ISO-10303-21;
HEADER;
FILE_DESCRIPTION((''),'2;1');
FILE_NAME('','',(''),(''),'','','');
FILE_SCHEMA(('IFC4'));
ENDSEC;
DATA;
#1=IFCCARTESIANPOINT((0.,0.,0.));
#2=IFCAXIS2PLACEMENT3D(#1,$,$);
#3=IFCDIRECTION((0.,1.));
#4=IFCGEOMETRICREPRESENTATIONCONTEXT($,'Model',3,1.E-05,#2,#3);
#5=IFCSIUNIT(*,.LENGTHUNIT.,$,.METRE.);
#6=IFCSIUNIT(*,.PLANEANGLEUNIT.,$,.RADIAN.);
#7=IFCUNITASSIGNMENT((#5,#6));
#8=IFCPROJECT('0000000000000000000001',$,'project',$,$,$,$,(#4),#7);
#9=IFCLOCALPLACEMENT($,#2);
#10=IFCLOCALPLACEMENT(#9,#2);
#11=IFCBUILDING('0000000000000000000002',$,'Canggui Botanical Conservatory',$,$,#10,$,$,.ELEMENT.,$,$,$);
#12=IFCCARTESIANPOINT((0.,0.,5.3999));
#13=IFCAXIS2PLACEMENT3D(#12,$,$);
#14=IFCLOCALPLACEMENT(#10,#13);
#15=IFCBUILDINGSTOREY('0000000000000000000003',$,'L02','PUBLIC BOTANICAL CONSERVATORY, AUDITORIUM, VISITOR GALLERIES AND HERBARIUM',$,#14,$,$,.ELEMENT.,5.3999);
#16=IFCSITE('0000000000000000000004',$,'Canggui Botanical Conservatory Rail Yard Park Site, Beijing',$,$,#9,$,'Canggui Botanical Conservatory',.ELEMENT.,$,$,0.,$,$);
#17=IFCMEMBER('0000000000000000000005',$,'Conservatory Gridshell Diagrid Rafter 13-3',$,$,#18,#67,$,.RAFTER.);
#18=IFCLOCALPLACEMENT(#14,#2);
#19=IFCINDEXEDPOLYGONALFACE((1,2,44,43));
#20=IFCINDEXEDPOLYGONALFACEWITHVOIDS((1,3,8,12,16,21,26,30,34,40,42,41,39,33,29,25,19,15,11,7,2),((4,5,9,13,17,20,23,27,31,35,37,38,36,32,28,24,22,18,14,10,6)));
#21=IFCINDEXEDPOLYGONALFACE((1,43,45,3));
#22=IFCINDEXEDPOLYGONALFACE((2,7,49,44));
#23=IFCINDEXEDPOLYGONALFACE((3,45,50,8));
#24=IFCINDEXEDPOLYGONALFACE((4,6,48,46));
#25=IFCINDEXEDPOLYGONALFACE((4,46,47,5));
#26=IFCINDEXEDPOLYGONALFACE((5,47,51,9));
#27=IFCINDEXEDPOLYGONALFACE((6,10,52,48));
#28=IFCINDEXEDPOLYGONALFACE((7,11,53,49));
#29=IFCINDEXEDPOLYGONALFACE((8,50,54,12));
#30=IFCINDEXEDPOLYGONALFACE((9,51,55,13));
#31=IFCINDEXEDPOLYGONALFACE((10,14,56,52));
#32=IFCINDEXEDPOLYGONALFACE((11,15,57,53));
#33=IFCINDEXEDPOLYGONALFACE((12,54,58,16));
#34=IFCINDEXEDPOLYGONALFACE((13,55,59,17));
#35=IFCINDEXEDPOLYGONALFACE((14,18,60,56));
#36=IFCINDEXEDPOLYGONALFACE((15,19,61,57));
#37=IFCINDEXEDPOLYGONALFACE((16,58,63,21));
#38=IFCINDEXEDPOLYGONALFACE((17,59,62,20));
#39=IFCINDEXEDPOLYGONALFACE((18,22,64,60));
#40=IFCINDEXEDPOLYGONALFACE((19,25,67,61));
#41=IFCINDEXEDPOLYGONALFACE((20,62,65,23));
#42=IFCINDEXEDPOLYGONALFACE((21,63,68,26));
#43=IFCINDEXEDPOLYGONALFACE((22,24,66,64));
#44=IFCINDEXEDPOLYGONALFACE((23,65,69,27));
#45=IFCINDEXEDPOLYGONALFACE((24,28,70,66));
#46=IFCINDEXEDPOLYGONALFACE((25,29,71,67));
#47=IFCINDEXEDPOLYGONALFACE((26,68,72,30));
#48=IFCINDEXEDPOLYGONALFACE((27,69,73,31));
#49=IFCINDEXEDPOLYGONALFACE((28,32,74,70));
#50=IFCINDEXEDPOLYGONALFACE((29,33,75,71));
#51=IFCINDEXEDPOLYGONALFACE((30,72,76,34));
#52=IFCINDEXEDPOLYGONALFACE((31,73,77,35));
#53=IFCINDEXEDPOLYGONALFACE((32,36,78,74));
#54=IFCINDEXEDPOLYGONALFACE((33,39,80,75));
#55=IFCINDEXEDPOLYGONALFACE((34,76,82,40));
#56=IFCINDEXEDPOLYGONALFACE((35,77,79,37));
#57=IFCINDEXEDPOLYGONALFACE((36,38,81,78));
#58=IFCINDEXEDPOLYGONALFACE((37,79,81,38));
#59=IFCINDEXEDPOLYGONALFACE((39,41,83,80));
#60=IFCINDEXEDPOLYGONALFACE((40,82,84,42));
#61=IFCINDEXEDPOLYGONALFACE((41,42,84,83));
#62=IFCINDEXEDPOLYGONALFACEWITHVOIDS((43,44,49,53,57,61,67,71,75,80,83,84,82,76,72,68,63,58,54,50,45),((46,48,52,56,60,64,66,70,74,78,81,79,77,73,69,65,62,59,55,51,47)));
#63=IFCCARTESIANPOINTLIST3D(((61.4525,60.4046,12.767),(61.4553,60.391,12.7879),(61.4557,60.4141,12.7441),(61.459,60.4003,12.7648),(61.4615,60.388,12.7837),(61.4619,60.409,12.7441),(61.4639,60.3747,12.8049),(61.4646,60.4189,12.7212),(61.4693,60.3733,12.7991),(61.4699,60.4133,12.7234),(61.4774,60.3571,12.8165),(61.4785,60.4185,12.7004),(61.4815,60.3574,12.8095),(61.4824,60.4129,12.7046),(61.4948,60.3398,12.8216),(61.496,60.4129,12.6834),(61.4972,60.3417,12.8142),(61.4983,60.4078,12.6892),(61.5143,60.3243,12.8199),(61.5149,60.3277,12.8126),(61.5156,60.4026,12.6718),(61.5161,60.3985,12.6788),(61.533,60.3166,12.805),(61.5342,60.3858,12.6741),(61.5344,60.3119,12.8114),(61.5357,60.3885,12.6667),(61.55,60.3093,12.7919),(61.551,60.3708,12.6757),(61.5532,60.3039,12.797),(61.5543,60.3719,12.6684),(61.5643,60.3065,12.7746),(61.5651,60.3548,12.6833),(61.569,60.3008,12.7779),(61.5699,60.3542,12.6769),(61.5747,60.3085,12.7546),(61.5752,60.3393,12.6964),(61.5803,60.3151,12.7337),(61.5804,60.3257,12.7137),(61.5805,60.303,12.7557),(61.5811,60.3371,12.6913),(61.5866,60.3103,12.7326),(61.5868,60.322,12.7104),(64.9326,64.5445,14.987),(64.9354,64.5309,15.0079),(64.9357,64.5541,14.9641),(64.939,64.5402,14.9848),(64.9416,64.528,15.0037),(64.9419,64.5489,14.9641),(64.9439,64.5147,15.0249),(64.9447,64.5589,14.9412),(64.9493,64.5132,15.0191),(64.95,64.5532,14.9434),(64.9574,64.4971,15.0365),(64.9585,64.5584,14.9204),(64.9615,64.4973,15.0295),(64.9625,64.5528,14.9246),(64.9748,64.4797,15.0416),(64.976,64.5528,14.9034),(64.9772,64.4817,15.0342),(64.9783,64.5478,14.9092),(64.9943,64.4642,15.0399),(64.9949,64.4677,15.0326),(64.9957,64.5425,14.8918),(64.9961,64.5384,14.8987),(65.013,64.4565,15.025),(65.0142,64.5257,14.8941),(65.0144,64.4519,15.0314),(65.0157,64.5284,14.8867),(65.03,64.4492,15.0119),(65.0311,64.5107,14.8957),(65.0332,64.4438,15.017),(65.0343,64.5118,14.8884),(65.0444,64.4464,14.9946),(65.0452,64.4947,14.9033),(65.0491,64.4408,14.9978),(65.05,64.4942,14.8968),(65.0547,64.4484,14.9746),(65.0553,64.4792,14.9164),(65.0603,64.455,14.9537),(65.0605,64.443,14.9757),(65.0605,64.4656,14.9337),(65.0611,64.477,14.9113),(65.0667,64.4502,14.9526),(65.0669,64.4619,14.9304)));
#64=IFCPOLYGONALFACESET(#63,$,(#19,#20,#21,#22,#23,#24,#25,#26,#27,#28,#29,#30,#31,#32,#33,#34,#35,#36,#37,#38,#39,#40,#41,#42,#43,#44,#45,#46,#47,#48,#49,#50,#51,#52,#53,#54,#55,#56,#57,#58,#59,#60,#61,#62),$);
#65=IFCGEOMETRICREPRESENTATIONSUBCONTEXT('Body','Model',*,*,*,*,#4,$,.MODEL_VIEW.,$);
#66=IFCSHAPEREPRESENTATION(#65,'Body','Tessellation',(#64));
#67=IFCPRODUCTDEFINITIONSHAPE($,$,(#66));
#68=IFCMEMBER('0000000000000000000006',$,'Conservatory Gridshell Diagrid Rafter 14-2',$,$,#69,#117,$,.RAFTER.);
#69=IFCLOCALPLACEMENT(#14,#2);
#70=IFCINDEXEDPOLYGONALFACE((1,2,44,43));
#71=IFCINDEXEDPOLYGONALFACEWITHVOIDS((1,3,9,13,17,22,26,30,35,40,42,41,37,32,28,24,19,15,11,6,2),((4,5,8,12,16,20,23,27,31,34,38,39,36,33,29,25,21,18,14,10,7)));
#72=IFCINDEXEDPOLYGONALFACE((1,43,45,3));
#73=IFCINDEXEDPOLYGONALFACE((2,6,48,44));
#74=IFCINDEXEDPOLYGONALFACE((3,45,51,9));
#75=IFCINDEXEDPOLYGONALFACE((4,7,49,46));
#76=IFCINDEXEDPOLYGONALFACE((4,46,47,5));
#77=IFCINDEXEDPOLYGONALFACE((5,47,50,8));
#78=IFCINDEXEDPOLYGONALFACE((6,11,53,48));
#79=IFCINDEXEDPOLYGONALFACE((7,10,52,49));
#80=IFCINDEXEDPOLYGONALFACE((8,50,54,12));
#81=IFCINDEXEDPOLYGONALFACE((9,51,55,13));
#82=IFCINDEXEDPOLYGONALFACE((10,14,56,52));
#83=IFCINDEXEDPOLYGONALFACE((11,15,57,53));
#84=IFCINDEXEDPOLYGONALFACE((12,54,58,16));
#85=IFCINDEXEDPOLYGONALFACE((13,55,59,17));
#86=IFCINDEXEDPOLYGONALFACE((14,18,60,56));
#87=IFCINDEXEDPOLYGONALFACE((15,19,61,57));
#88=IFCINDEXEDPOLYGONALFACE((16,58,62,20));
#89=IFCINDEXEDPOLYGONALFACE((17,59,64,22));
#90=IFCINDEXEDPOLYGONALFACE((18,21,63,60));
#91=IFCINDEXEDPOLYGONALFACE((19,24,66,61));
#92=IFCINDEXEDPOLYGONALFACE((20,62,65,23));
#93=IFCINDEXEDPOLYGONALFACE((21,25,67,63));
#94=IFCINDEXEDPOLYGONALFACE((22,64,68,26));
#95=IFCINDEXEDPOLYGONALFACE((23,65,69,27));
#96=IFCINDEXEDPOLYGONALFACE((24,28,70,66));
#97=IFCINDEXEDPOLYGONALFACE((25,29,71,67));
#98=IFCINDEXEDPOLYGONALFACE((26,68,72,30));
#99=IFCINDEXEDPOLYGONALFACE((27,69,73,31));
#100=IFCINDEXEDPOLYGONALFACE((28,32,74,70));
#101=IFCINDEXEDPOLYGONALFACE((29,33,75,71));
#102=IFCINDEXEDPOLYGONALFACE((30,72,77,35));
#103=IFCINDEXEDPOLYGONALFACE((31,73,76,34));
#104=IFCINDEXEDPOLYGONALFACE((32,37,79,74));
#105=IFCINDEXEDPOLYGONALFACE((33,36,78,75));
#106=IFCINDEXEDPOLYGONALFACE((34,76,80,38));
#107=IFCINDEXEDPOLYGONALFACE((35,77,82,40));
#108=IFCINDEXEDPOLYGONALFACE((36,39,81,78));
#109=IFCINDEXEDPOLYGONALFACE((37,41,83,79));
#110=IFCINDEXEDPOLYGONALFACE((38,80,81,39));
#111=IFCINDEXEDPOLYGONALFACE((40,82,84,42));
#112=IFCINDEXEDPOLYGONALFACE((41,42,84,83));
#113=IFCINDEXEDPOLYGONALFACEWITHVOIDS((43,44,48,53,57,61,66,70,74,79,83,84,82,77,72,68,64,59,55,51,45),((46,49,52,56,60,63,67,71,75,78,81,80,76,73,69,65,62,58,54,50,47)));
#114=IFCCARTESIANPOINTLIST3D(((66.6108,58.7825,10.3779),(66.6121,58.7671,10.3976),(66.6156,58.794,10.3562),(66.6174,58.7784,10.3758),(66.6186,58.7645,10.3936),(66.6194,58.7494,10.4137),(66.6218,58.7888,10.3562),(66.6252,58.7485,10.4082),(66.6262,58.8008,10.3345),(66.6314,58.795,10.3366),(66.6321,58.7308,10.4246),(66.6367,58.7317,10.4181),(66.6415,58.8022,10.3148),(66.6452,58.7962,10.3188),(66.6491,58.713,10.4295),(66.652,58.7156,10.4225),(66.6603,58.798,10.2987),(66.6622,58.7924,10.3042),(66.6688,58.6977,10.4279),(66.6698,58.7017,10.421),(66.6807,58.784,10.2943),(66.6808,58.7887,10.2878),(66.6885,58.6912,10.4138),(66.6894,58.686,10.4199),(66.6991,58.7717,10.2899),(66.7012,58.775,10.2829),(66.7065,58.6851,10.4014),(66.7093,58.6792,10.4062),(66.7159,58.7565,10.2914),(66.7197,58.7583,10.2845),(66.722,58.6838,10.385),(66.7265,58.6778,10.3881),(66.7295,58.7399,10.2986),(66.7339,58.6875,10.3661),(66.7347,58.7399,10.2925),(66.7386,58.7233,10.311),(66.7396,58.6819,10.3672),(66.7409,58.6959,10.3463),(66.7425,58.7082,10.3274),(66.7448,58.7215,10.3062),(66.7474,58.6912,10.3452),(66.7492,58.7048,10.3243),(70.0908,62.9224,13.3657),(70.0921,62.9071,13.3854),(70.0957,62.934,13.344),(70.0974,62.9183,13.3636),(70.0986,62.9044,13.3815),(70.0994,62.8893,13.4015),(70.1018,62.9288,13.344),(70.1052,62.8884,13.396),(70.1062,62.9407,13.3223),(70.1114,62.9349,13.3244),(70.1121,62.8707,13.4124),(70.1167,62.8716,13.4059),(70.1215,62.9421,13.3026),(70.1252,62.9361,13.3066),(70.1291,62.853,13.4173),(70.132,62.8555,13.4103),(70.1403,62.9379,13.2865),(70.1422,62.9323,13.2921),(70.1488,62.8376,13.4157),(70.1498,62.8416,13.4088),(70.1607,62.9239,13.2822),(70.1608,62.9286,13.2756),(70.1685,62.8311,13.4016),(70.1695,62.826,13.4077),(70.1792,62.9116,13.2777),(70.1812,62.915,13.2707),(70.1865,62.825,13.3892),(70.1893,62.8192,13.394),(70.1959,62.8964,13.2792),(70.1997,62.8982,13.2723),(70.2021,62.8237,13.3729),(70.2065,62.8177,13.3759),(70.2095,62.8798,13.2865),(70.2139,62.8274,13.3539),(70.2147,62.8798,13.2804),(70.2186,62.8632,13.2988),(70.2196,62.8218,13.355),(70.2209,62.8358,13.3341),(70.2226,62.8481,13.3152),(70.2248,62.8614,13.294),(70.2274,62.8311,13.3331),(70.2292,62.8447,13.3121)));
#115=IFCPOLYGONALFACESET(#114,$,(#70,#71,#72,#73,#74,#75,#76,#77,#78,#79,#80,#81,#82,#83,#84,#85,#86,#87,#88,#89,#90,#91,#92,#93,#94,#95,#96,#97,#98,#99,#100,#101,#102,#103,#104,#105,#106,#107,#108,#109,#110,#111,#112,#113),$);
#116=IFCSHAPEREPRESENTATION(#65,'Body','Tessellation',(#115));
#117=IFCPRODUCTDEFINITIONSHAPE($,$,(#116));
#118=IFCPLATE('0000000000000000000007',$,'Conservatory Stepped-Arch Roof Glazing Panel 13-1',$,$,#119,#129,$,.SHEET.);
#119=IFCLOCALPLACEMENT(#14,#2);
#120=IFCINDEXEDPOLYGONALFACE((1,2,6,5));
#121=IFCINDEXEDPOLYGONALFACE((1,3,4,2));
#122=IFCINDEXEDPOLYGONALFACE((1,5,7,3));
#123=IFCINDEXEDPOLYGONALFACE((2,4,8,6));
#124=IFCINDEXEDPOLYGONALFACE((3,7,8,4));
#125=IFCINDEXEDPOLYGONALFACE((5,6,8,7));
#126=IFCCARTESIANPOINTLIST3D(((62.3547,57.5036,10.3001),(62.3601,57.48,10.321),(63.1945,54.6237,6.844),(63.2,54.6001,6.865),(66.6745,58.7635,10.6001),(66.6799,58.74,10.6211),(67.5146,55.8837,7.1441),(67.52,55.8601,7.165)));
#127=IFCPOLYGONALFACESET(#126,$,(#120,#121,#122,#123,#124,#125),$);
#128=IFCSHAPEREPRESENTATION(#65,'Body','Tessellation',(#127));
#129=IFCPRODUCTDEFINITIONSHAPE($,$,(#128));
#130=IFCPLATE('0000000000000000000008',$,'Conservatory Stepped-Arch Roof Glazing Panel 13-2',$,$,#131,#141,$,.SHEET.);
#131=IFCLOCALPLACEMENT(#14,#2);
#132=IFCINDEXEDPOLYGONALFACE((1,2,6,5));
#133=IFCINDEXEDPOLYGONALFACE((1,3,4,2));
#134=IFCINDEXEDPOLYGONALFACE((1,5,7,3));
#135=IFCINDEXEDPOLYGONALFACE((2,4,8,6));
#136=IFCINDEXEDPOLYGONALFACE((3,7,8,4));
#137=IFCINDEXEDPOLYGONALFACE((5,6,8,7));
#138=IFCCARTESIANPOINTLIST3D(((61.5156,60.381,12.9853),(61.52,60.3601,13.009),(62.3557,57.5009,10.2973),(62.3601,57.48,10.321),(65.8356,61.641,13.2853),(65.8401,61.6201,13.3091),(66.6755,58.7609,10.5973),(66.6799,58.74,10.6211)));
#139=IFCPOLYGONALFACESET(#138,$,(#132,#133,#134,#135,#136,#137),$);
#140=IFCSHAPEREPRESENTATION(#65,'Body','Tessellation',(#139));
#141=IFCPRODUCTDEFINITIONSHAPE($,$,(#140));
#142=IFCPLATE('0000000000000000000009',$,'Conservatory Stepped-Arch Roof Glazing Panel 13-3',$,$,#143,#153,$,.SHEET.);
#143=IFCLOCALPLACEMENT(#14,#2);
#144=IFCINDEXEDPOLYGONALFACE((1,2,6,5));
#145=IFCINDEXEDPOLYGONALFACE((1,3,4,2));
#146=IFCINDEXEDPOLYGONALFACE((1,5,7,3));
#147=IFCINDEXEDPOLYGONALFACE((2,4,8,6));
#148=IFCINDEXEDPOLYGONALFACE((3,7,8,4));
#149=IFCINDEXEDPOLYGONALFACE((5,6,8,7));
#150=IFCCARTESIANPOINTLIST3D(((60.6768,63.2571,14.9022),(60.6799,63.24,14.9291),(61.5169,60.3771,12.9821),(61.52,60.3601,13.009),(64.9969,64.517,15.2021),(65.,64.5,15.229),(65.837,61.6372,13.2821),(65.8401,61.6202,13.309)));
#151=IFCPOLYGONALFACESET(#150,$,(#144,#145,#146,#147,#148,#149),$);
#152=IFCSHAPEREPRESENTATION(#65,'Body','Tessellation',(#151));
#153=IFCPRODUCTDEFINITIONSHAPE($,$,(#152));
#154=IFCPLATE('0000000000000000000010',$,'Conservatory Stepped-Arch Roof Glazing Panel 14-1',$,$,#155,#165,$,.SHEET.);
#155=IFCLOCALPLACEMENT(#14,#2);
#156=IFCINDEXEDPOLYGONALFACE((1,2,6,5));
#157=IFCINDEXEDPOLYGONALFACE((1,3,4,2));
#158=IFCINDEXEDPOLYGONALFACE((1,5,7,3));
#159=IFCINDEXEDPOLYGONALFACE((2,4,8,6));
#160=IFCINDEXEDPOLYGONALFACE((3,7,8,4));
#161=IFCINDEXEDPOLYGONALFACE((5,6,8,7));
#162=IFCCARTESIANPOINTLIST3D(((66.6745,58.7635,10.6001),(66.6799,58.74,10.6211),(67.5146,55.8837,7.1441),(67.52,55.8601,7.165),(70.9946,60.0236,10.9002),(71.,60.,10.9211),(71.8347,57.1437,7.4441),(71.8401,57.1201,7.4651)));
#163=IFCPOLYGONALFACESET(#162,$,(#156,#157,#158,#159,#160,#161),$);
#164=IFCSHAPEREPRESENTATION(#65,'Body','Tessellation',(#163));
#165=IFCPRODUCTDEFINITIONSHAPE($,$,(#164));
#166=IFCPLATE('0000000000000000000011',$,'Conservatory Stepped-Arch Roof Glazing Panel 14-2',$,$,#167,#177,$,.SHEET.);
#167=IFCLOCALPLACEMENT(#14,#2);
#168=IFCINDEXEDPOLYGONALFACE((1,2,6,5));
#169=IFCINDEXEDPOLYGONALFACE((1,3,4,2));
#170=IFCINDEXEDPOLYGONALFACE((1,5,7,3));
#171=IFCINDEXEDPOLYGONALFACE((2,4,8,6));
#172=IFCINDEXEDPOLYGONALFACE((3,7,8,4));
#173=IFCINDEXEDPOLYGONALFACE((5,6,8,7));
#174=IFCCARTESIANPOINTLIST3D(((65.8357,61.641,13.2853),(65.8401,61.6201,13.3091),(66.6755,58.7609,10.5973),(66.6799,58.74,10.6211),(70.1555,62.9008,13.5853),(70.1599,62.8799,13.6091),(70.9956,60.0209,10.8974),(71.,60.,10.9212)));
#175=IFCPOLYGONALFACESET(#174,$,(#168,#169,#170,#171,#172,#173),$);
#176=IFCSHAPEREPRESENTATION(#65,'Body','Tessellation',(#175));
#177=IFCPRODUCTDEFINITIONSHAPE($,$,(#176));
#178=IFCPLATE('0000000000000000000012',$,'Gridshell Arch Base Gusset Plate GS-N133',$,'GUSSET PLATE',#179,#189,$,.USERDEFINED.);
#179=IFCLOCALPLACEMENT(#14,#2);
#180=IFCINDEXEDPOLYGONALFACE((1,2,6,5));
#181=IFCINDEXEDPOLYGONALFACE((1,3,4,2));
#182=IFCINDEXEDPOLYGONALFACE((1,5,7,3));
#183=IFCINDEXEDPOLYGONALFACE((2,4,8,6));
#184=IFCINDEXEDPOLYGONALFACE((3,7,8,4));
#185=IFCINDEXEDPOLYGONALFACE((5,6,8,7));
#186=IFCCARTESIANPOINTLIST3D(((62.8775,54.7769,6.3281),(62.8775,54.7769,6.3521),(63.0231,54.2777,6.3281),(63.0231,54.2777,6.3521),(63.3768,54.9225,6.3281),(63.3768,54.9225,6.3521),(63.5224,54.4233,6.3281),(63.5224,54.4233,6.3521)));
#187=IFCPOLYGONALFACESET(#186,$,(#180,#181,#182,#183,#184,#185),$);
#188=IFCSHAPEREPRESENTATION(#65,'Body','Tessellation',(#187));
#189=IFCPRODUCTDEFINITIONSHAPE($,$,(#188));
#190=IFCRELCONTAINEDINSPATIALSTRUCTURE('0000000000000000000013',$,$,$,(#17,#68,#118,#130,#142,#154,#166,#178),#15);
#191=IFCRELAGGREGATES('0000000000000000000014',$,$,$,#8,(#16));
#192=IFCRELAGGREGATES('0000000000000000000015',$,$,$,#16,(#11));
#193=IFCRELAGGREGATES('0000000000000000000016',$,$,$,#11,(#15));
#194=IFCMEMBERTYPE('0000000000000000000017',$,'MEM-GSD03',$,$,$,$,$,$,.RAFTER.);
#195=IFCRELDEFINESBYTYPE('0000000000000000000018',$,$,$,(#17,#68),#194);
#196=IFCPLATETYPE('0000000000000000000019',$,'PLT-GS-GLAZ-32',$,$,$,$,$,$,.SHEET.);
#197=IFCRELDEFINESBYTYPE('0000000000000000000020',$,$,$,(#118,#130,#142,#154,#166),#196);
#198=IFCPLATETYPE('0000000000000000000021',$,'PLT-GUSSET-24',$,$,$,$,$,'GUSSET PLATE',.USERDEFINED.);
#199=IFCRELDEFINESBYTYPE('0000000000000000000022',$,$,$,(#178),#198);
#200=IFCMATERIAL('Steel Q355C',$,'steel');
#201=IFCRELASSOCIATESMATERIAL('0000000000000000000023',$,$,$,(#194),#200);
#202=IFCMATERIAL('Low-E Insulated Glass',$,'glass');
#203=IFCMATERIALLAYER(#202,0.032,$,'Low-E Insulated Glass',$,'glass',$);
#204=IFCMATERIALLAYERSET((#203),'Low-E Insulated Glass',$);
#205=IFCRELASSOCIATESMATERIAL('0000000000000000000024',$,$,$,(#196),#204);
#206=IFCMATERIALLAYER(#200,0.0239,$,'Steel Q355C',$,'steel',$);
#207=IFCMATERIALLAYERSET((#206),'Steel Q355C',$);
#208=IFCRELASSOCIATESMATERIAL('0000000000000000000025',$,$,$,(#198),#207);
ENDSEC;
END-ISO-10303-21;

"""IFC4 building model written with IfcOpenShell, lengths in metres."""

from ifc_helpers import new_model, si_unit, direction, frame, origin, origin_2d, place, context, subcontext, project, spatial, polyline, rectangle, hollow_circle, outline, extrude, material, layer, layer_set, material_profile, profile_set, type_object, element, save


model = new_model("IFC4")

# Units and contexts
model_context = context("Model", 3, precision=1e-05, world=origin(), true_north=direction((0.0, 1.0)))
body_context = subcontext(model_context, "Body", "Model", "MODEL_VIEW")
ifc_project = project(units=[si_unit("LENGTHUNIT", "METRE"), si_unit("PLANEANGLEUNIT", "RADIAN")], contexts=[model_context])

# Site, building, storey
site_placement = place(None, origin())
site = spatial("IfcSite", under=ifc_project, at=site_placement, Name="Canggui Botanical Conservatory Rail Yard Park Site, Beijing", LongName="Canggui Botanical Conservatory", CompositionType="ELEMENT", RefElevation=0.0)
building_placement = place(site_placement, origin())
building = spatial("IfcBuilding", under=site, at=building_placement, Name="Canggui Botanical Conservatory", CompositionType="ELEMENT")
storey_placement = place(building_placement, frame((0.0, 0.0, 5.3999)))
storey = spatial("IfcBuildingStorey", under=building, at=storey_placement, Name="L02", Description="PUBLIC BOTANICAL CONSERVATORY, AUDITORIUM, VISITOR GALLERIES AND HERBARIUM", CompositionType="ELEMENT", Elevation=5.3999)

# Shared definitions
ifc_material_1 = material(Name="Steel Q355C", Category="steel")

# Members
ifc_material_profile_1 = material_profile(ifc_material_1, hollow_circle(Radius=0.084, WallThickness=0.0081, at=origin_2d()), Name="CHS 168x8")
ifc_profile_set_1 = profile_set([ifc_material_profile_1], Name="Steel Q355C")
member_type_1 = type_object("IfcMemberType", Name="MEM-GSD03", PredefinedType="RAFTER", material=ifc_profile_set_1)
member_1_placement = place(storey_placement, frame((61.52, 60.3601, 12.7441), z_axis=(0.595262, 0.708142, 0.379733), x_axis=(-0.76548, 0.64346, 0.0)))
element("IfcMember", 1, at=member_1_placement, inside=storey, type_object=member_type_1, Name="Conservatory Gridshell Diagrid Rafter 13-3", PredefinedType="RAFTER", context=body_context, shape_type="SweptSolid", body=[
    extrude(hollow_circle(Radius=0.084, WallThickness=0.0081, at=origin_2d()), origin(), (0.0, 0.0, 1.0), 5.8462),
])
member_2_placement = place(storey_placement, frame((66.6799, 58.74, 10.3562), z_axis=(0.563225, 0.67003, 0.483566), x_axis=(-0.76548, 0.64346, 0.0)))
element("IfcMember", 2, at=member_2_placement, inside=storey, type_object=member_type_1, Name="Conservatory Gridshell Diagrid Rafter 14-2", PredefinedType="RAFTER", context=body_context, shape_type="SweptSolid", body=[
    extrude(hollow_circle(Radius=0.084, WallThickness=0.0081, at=origin_2d()), origin(), (0.0, 0.0, 1.0), 6.1787),
])

# Plates
ifc_material_2 = material(Name="Low-E Insulated Glass", Category="glass")
ifc_layer_1 = layer(ifc_material_2, 0.032, Name="Low-E Insulated Glass", Category="glass")
ifc_layer_set_1 = layer_set([ifc_layer_1], Name="Low-E Insulated Glass")
plate_type_1 = type_object("IfcPlateType", Name="PLT-GS-GLAZ-32", PredefinedType="SHEET", material=ifc_layer_set_1)
plate_1_placement = place(storey_placement, frame((63.2, 54.6001, 6.865), z_axis=(0.169335, -0.736515, 0.654883), x_axis=(0.957873, 0.279381, 0.066526)))
element("IfcPlate", 3, at=plate_1_placement, inside=storey, type_object=plate_type_1, Name="Conservatory Stepped-Arch Roof Glazing Panel 13-1", PredefinedType="SHEET", context=body_context, shape_type="SweptSolid", body=[
    extrude(outline(polyline([(0.0, 0.0), (4.5101, 0.0), (4.7399, 4.5707), (0.23, 4.5706), (0.0, 0.0)])), origin(), (0.0, 0.0, -1.0), 0.032),
])
plate_2_placement = place(storey_placement, frame((62.3601, 57.48, 10.321), z_axis=(0.139002, -0.653708, 0.743871), x_axis=(0.95787, 0.27939, 0.066535)))
element("IfcPlate", 4, at=plate_2_placement, inside=storey, type_object=plate_type_1, Name="Conservatory Stepped-Arch Roof Glazing Panel 13-2", PredefinedType="SHEET", context=body_context, shape_type="SweptSolid", body=[
    extrude(outline(polyline([(0.0, 0.0), (4.5098, 0.0), (4.6889, 4.0241), (0.1788, 4.0242), (0.0, 0.0)])), origin(), (0.0, 0.0, -1.0), 0.032),
])
plate_3_placement = place(storey_placement, frame((61.52, 60.3601, 13.009), z_axis=(0.096897, -0.532392, 0.840934), x_axis=(0.957872, 0.27939, 0.06651)))
element("IfcPlate", 5, at=plate_3_placement, inside=storey, type_object=plate_type_1, Name="Conservatory Stepped-Arch Roof Glazing Panel 13-3", PredefinedType="SHEET", context=body_context, shape_type="SweptSolid", body=[
    extrude(outline(polyline([(0.0, 0.0), (4.5101, 0.0), (4.6377, 3.5594), (0.1276, 3.5595), (0.0, 0.0)])), origin(), (0.0, 0.0, -1.0), 0.032),
])
plate_4_placement = place(storey_placement, frame((67.52, 55.8601, 7.165), z_axis=(0.16933, -0.736513, 0.654886), x_axis=(0.957874, 0.279378, 0.066529)))
element("IfcPlate", 6, at=plate_4_placement, inside=storey, type_object=plate_type_1, Name="Conservatory Stepped-Arch Roof Glazing Panel 14-1", PredefinedType="SHEET", context=body_context, shape_type="SweptSolid", body=[
    extrude(outline(polyline([(0.0, 0.0), (4.5101, 0.0), (4.7399, 4.5707), (0.2298, 4.5707), (0.0, 0.0)])), origin(), (0.0, 0.0, -1.0), 0.032),
])
plate_5_placement = place(storey_placement, frame((66.6799, 58.74, 10.6211), z_axis=(0.13899, -0.653726, 0.743858), x_axis=(0.957876, 0.279368, 0.066539)))
element("IfcPlate", 7, at=plate_5_placement, inside=storey, type_object=plate_type_1, Name="Conservatory Stepped-Arch Roof Glazing Panel 14-2", PredefinedType="SHEET", context=body_context, shape_type="SweptSolid", body=[
    extrude(outline(polyline([(0.0, 0.0), (4.5101, 0.0), (4.6888, 4.024), (0.179, 4.0241), (0.0, 0.0)])), origin(), (0.0, 0.0, -1.0), 0.032),
])
ifc_layer_2 = layer(ifc_material_1, 0.0239, Name="Steel Q355C", Category="steel")
ifc_layer_set_2 = layer_set([ifc_layer_2], Name="Steel Q355C")
plate_type_2 = type_object("IfcPlateType", Name="PLT-GUSSET-24", ElementType="GUSSET PLATE", PredefinedType="USERDEFINED", material=ifc_layer_set_2)
for number, where, z_axis, x_axis, name in (
    (8, (63.2, 54.6001, 6.3281), (0.0, 0.0, 1.0), (0.96, 0.28, 0.0), "Gridshell Arch Base Gusset Plate GS-N133"),
):
    element("IfcPlate", number, at=place(storey_placement, frame(where, z_axis=z_axis, x_axis=x_axis)), inside=storey, type_object=plate_type_2, Name=name, ObjectType="GUSSET PLATE", PredefinedType="USERDEFINED", context=body_context, shape_type="SweptSolid", body=[
        extrude(rectangle(XDim=0.52, YDim=0.52, at=origin_2d()), origin(), (0.0, 0.0, 1.0), 0.0239),
    ])

save(model, "model.ifc")
